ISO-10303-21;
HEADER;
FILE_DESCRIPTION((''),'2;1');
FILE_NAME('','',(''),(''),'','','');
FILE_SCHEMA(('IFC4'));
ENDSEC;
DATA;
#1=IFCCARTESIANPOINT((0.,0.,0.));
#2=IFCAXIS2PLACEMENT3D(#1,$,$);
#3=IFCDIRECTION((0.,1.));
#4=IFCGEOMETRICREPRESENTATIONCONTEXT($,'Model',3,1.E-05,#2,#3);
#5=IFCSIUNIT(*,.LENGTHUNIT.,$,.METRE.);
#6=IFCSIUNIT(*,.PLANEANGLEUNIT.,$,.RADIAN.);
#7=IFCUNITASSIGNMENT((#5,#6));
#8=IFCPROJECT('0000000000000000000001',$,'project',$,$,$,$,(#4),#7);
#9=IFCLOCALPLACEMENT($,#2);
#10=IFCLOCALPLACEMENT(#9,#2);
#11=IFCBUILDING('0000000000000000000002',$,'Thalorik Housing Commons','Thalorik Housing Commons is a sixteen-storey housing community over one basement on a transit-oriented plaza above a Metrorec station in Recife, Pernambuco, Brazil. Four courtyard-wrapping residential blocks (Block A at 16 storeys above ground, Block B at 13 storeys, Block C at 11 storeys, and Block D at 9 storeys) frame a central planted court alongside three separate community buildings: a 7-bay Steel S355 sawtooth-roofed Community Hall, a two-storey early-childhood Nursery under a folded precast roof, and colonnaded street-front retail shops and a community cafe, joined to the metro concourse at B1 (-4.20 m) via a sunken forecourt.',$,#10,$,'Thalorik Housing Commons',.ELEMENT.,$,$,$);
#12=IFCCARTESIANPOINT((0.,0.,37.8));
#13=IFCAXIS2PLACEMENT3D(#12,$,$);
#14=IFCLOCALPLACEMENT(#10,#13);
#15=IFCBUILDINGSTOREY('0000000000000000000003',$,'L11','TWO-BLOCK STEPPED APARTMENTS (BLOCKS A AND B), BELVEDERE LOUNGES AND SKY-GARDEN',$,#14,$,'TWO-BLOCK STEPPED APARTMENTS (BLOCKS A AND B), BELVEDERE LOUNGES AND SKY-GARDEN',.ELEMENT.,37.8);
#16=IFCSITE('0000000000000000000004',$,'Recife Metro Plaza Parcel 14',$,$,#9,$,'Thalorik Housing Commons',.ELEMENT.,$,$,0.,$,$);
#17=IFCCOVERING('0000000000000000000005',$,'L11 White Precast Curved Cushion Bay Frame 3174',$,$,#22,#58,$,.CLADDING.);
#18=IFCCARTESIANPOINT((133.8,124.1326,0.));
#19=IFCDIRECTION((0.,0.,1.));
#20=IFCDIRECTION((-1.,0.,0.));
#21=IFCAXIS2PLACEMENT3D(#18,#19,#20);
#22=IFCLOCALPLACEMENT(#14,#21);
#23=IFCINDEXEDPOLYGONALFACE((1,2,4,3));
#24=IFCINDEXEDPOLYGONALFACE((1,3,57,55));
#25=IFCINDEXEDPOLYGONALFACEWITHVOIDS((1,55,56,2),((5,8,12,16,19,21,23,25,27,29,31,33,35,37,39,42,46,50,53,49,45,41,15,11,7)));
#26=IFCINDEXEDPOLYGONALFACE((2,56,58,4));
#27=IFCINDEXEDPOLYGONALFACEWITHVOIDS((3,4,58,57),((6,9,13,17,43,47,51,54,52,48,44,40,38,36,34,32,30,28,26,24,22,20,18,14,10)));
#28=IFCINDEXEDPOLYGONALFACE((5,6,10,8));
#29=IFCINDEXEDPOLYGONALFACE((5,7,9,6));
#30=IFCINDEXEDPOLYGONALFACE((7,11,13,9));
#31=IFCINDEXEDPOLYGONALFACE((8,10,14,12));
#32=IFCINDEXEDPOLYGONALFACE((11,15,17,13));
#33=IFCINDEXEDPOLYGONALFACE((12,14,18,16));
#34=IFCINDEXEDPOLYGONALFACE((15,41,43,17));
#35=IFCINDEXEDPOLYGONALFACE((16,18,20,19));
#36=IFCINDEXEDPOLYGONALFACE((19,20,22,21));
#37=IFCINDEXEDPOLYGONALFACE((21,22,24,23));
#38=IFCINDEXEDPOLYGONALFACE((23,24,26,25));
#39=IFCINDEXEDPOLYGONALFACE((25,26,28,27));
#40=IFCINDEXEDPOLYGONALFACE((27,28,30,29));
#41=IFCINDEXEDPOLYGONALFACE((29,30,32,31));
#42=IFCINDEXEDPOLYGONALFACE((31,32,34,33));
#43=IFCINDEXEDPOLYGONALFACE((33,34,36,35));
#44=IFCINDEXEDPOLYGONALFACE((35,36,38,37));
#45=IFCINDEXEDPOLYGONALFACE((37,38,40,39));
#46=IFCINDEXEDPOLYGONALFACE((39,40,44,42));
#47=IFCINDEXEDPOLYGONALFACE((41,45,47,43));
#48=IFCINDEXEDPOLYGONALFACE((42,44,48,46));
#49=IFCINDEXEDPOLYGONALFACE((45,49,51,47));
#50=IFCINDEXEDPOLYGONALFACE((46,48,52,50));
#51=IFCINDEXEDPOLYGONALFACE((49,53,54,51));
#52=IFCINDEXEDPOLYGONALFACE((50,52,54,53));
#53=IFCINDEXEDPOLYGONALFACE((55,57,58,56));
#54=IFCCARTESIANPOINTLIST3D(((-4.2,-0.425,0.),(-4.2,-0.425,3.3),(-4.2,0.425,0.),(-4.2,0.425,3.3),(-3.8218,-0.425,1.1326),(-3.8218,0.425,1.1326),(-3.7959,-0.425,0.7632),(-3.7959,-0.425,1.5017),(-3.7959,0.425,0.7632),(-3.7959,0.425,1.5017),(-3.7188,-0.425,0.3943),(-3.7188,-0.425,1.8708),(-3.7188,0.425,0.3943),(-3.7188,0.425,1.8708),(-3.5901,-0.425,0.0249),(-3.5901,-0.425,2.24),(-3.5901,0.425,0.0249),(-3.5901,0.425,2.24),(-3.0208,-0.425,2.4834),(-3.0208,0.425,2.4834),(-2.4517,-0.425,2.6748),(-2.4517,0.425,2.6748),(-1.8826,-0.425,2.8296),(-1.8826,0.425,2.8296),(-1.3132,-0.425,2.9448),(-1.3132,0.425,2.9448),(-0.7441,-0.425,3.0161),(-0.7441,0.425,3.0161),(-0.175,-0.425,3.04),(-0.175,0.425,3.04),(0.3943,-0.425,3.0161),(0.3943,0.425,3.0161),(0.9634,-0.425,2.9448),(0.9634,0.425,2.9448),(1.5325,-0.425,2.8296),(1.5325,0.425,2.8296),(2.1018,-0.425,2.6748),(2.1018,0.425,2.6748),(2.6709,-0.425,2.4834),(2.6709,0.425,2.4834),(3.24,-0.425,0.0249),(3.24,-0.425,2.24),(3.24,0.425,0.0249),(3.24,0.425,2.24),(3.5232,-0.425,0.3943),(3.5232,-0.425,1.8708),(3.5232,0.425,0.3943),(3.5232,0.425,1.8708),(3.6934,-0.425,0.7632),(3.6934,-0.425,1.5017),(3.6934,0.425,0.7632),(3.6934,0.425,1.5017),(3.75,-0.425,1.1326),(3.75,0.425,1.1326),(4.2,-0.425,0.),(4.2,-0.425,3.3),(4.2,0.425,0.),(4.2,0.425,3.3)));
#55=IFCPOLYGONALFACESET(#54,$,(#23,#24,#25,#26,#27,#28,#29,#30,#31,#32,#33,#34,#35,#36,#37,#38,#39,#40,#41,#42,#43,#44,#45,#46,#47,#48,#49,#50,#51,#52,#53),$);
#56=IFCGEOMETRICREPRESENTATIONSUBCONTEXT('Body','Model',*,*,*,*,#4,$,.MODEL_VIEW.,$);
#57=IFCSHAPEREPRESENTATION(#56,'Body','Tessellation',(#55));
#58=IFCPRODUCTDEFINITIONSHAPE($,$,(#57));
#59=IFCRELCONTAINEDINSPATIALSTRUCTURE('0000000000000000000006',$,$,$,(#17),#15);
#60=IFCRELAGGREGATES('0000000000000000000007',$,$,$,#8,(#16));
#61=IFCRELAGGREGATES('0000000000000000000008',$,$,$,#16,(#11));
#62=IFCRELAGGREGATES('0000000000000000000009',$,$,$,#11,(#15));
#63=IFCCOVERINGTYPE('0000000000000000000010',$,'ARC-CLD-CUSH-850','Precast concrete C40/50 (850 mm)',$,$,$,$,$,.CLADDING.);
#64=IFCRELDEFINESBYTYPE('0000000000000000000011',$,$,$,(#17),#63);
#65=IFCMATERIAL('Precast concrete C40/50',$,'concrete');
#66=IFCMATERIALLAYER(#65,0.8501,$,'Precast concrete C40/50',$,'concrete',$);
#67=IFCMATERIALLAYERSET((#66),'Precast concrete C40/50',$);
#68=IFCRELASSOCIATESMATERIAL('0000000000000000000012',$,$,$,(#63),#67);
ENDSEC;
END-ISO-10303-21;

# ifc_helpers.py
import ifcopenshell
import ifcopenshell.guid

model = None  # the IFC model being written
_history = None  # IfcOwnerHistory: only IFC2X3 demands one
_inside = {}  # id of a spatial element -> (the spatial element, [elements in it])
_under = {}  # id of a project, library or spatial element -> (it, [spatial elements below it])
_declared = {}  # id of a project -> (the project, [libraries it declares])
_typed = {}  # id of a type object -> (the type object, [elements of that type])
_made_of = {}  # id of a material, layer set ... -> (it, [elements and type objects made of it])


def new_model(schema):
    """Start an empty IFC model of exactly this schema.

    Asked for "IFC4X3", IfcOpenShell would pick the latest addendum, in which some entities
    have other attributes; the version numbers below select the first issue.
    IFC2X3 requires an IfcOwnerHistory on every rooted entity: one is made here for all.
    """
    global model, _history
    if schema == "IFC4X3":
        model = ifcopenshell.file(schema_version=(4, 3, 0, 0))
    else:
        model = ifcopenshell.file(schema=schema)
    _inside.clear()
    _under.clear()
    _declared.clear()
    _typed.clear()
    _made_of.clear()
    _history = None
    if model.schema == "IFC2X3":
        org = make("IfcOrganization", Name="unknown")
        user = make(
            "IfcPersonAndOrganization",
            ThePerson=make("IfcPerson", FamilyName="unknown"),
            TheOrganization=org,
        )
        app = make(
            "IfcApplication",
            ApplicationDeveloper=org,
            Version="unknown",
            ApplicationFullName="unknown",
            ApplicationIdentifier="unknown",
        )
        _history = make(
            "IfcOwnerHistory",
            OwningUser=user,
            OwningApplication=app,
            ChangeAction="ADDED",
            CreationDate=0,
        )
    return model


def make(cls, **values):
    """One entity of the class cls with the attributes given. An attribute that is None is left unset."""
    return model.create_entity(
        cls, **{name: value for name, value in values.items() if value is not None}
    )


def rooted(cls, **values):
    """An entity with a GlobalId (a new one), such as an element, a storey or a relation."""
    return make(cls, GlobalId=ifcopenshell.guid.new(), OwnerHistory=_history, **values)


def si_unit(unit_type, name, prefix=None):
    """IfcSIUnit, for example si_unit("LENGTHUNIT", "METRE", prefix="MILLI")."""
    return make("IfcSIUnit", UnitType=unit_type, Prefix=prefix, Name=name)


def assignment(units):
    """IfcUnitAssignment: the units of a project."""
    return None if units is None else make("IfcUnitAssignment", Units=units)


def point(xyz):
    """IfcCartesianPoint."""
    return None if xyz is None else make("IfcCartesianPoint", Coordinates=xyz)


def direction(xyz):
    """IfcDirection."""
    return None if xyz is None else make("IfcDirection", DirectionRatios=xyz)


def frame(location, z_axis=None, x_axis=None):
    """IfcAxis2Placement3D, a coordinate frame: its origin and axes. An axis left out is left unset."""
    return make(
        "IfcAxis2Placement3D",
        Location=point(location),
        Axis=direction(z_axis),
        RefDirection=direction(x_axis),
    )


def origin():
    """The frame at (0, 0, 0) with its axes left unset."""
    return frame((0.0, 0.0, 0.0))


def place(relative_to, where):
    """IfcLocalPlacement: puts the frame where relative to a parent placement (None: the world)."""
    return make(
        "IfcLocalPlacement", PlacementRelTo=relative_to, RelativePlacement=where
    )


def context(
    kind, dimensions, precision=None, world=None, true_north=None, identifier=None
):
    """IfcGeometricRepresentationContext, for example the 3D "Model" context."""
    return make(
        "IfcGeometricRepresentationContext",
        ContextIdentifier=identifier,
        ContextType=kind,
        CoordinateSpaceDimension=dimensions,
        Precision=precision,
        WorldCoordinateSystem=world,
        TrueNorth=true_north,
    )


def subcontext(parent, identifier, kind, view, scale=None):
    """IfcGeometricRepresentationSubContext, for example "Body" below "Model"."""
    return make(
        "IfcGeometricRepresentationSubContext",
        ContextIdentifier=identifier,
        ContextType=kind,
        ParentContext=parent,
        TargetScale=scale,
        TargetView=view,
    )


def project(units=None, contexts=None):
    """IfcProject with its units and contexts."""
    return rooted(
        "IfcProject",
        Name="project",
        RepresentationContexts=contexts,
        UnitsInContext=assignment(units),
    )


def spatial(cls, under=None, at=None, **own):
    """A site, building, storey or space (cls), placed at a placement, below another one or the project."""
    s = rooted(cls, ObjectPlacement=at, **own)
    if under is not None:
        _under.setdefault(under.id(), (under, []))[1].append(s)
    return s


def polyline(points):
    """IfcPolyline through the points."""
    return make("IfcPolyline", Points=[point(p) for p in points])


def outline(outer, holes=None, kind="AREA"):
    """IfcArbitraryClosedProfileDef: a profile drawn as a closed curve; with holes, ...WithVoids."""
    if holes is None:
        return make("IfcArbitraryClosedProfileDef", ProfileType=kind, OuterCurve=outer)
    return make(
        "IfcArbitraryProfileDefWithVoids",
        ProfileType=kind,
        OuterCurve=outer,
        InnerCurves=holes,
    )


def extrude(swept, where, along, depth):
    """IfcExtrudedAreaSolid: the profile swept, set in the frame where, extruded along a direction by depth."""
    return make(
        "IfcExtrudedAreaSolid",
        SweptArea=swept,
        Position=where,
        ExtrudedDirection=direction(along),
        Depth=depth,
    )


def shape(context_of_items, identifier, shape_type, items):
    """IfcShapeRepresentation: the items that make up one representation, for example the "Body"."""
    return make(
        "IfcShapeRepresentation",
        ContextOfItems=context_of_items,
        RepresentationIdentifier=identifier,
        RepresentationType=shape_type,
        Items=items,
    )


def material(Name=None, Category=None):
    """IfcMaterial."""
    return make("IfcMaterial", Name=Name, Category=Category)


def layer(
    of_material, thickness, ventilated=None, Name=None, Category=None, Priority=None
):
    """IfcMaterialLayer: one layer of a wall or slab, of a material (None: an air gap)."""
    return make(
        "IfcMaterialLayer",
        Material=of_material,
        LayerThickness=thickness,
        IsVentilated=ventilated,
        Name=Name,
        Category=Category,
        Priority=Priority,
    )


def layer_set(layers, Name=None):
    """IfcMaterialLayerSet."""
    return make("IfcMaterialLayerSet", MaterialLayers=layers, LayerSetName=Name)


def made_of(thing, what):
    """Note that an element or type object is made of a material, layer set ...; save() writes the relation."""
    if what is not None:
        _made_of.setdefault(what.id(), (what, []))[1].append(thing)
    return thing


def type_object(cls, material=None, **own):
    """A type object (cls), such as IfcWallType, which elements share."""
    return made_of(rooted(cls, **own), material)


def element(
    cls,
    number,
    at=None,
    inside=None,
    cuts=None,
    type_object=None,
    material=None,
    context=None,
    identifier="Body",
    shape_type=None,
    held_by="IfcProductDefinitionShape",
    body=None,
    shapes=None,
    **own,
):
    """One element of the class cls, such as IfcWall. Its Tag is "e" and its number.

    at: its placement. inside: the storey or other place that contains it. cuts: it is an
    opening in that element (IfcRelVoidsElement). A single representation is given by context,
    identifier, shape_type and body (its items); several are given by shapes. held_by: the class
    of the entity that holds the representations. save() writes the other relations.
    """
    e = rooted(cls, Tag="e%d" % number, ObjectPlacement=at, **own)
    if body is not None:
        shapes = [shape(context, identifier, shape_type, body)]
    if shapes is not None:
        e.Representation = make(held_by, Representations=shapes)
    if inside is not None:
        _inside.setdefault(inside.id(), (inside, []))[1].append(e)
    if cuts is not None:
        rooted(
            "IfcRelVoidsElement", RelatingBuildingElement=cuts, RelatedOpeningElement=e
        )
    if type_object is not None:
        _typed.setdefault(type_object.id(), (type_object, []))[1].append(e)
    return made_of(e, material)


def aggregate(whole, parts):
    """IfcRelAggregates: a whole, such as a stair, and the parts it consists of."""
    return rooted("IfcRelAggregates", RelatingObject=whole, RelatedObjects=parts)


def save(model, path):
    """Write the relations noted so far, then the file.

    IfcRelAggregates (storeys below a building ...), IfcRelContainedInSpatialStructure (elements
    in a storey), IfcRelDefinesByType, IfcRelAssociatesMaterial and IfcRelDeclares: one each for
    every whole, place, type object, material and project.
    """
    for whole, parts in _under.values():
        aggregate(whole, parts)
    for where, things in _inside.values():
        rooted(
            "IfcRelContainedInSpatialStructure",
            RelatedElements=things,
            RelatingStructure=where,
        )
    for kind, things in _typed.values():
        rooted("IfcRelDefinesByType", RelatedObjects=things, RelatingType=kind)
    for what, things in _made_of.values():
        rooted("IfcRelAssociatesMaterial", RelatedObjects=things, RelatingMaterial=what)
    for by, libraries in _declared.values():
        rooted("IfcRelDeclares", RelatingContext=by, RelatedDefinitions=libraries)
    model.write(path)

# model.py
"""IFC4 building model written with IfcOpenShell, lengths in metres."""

from ifc_helpers import new_model, si_unit, direction, frame, origin, place, context, subcontext, project, spatial, polyline, outline, extrude, material, layer, layer_set, type_object, element, save


model = new_model("IFC4")

# Units and contexts
model_context = context("Model", 3, precision=1e-05, world=origin(), true_north=direction((0.0, 1.0)))
body_context = subcontext(model_context, "Body", "Model", "MODEL_VIEW")
ifc_project = project(units=[si_unit("LENGTHUNIT", "METRE"), si_unit("PLANEANGLEUNIT", "RADIAN")], contexts=[model_context])

# Site, building, storey
site_placement = place(None, origin())
site = spatial("IfcSite", under=ifc_project, at=site_placement, Name="Recife Metro Plaza Parcel 14", LongName="Thalorik Housing Commons", CompositionType="ELEMENT", RefElevation=0.0)
building_placement = place(site_placement, origin())
building = spatial("IfcBuilding", under=site, at=building_placement, Name="Thalorik Housing Commons", Description="Thalorik Housing Commons is a sixteen-storey housing community over one basement on a transit-oriented plaza above a Metrorec station in Recife, Pernambuco, Brazil. Four courtyard-wrapping residential blocks (Block A at 16 storeys above ground, Block B at 13 storeys, Block C at 11 storeys, and Block D at 9 storeys) frame a central planted court alongside three separate community buildings: a 7-bay Steel S355 sawtooth-roofed Community Hall, a two-storey early-childhood Nursery under a folded precast roof, and colonnaded street-front retail shops and a community cafe, joined to the metro concourse at B1 (-4.20 m) via a sunken forecourt.", LongName="Thalorik Housing Commons", CompositionType="ELEMENT")
storey_placement = place(building_placement, frame((0.0, 0.0, 37.8)))
storey = spatial("IfcBuildingStorey", under=building, at=storey_placement, Name="L11", Description="TWO-BLOCK STEPPED APARTMENTS (BLOCKS A AND B), BELVEDERE LOUNGES AND SKY-GARDEN", LongName="TWO-BLOCK STEPPED APARTMENTS (BLOCKS A AND B), BELVEDERE LOUNGES AND SKY-GARDEN", CompositionType="ELEMENT", Elevation=37.8)

# Shared definitions
ifc_material_1 = material(Name="Precast concrete C40/50", Category="concrete")

# Covering
ifc_layer_1 = layer(ifc_material_1, 0.8501, Name="Precast concrete C40/50", Category="concrete")
ifc_layer_set_1 = layer_set([ifc_layer_1], Name="Precast concrete C40/50")
covering_type_1 = type_object("IfcCoveringType", Name="ARC-CLD-CUSH-850", Description="Precast concrete C40/50 (850 mm)", PredefinedType="CLADDING", material=ifc_layer_set_1)
covering_1_placement = place(storey_placement, frame((133.8, 124.1326, 0.0), z_axis=(0.0, 0.0, 1.0), x_axis=(-1.0, 0.0, 0.0)))
element("IfcCovering", 1, at=covering_1_placement, inside=storey, type_object=covering_type_1, Name="L11 White Precast Curved Cushion Bay Frame 3174", PredefinedType="CLADDING", context=body_context, shape_type="SweptSolid", body=[
    extrude(outline(polyline([(-4.2, 0.0), (4.2, 0.0), (4.2, 3.3), (-4.2, 3.3), (-4.2, 0.0)]), holes=[polyline([(3.24, 0.0249), (3.5232, 0.3943), (3.6934, 0.7632), (3.75, 1.1326), (3.6934, 1.5017), (3.5232, 1.8708), (3.24, 2.24), (2.6709, 2.4834), (2.1018, 2.6748), (1.5325, 2.8296), (0.9634, 2.9448), (0.3943, 3.0161), (-0.175, 3.04), (-0.7441, 3.0161), (-1.3132, 2.9448), (-1.8826, 2.8296), (-2.4517, 2.6748), (-3.0208, 2.4834), (-3.5901, 2.24), (-3.7188, 1.8708), (-3.7959, 1.5017), (-3.8218, 1.1326), (-3.7959, 0.7632), (-3.7188, 0.3943), (-3.5901, 0.0249), (3.24, 0.0249)])]), frame((0.0, 0.425, 0.0), z_axis=(0.0, -1.0, 0.0), x_axis=(1.0, 0.0, 0.0)), (0.0, 0.0, 1.0), 0.8501),
])

save(model, "model.ifc")
